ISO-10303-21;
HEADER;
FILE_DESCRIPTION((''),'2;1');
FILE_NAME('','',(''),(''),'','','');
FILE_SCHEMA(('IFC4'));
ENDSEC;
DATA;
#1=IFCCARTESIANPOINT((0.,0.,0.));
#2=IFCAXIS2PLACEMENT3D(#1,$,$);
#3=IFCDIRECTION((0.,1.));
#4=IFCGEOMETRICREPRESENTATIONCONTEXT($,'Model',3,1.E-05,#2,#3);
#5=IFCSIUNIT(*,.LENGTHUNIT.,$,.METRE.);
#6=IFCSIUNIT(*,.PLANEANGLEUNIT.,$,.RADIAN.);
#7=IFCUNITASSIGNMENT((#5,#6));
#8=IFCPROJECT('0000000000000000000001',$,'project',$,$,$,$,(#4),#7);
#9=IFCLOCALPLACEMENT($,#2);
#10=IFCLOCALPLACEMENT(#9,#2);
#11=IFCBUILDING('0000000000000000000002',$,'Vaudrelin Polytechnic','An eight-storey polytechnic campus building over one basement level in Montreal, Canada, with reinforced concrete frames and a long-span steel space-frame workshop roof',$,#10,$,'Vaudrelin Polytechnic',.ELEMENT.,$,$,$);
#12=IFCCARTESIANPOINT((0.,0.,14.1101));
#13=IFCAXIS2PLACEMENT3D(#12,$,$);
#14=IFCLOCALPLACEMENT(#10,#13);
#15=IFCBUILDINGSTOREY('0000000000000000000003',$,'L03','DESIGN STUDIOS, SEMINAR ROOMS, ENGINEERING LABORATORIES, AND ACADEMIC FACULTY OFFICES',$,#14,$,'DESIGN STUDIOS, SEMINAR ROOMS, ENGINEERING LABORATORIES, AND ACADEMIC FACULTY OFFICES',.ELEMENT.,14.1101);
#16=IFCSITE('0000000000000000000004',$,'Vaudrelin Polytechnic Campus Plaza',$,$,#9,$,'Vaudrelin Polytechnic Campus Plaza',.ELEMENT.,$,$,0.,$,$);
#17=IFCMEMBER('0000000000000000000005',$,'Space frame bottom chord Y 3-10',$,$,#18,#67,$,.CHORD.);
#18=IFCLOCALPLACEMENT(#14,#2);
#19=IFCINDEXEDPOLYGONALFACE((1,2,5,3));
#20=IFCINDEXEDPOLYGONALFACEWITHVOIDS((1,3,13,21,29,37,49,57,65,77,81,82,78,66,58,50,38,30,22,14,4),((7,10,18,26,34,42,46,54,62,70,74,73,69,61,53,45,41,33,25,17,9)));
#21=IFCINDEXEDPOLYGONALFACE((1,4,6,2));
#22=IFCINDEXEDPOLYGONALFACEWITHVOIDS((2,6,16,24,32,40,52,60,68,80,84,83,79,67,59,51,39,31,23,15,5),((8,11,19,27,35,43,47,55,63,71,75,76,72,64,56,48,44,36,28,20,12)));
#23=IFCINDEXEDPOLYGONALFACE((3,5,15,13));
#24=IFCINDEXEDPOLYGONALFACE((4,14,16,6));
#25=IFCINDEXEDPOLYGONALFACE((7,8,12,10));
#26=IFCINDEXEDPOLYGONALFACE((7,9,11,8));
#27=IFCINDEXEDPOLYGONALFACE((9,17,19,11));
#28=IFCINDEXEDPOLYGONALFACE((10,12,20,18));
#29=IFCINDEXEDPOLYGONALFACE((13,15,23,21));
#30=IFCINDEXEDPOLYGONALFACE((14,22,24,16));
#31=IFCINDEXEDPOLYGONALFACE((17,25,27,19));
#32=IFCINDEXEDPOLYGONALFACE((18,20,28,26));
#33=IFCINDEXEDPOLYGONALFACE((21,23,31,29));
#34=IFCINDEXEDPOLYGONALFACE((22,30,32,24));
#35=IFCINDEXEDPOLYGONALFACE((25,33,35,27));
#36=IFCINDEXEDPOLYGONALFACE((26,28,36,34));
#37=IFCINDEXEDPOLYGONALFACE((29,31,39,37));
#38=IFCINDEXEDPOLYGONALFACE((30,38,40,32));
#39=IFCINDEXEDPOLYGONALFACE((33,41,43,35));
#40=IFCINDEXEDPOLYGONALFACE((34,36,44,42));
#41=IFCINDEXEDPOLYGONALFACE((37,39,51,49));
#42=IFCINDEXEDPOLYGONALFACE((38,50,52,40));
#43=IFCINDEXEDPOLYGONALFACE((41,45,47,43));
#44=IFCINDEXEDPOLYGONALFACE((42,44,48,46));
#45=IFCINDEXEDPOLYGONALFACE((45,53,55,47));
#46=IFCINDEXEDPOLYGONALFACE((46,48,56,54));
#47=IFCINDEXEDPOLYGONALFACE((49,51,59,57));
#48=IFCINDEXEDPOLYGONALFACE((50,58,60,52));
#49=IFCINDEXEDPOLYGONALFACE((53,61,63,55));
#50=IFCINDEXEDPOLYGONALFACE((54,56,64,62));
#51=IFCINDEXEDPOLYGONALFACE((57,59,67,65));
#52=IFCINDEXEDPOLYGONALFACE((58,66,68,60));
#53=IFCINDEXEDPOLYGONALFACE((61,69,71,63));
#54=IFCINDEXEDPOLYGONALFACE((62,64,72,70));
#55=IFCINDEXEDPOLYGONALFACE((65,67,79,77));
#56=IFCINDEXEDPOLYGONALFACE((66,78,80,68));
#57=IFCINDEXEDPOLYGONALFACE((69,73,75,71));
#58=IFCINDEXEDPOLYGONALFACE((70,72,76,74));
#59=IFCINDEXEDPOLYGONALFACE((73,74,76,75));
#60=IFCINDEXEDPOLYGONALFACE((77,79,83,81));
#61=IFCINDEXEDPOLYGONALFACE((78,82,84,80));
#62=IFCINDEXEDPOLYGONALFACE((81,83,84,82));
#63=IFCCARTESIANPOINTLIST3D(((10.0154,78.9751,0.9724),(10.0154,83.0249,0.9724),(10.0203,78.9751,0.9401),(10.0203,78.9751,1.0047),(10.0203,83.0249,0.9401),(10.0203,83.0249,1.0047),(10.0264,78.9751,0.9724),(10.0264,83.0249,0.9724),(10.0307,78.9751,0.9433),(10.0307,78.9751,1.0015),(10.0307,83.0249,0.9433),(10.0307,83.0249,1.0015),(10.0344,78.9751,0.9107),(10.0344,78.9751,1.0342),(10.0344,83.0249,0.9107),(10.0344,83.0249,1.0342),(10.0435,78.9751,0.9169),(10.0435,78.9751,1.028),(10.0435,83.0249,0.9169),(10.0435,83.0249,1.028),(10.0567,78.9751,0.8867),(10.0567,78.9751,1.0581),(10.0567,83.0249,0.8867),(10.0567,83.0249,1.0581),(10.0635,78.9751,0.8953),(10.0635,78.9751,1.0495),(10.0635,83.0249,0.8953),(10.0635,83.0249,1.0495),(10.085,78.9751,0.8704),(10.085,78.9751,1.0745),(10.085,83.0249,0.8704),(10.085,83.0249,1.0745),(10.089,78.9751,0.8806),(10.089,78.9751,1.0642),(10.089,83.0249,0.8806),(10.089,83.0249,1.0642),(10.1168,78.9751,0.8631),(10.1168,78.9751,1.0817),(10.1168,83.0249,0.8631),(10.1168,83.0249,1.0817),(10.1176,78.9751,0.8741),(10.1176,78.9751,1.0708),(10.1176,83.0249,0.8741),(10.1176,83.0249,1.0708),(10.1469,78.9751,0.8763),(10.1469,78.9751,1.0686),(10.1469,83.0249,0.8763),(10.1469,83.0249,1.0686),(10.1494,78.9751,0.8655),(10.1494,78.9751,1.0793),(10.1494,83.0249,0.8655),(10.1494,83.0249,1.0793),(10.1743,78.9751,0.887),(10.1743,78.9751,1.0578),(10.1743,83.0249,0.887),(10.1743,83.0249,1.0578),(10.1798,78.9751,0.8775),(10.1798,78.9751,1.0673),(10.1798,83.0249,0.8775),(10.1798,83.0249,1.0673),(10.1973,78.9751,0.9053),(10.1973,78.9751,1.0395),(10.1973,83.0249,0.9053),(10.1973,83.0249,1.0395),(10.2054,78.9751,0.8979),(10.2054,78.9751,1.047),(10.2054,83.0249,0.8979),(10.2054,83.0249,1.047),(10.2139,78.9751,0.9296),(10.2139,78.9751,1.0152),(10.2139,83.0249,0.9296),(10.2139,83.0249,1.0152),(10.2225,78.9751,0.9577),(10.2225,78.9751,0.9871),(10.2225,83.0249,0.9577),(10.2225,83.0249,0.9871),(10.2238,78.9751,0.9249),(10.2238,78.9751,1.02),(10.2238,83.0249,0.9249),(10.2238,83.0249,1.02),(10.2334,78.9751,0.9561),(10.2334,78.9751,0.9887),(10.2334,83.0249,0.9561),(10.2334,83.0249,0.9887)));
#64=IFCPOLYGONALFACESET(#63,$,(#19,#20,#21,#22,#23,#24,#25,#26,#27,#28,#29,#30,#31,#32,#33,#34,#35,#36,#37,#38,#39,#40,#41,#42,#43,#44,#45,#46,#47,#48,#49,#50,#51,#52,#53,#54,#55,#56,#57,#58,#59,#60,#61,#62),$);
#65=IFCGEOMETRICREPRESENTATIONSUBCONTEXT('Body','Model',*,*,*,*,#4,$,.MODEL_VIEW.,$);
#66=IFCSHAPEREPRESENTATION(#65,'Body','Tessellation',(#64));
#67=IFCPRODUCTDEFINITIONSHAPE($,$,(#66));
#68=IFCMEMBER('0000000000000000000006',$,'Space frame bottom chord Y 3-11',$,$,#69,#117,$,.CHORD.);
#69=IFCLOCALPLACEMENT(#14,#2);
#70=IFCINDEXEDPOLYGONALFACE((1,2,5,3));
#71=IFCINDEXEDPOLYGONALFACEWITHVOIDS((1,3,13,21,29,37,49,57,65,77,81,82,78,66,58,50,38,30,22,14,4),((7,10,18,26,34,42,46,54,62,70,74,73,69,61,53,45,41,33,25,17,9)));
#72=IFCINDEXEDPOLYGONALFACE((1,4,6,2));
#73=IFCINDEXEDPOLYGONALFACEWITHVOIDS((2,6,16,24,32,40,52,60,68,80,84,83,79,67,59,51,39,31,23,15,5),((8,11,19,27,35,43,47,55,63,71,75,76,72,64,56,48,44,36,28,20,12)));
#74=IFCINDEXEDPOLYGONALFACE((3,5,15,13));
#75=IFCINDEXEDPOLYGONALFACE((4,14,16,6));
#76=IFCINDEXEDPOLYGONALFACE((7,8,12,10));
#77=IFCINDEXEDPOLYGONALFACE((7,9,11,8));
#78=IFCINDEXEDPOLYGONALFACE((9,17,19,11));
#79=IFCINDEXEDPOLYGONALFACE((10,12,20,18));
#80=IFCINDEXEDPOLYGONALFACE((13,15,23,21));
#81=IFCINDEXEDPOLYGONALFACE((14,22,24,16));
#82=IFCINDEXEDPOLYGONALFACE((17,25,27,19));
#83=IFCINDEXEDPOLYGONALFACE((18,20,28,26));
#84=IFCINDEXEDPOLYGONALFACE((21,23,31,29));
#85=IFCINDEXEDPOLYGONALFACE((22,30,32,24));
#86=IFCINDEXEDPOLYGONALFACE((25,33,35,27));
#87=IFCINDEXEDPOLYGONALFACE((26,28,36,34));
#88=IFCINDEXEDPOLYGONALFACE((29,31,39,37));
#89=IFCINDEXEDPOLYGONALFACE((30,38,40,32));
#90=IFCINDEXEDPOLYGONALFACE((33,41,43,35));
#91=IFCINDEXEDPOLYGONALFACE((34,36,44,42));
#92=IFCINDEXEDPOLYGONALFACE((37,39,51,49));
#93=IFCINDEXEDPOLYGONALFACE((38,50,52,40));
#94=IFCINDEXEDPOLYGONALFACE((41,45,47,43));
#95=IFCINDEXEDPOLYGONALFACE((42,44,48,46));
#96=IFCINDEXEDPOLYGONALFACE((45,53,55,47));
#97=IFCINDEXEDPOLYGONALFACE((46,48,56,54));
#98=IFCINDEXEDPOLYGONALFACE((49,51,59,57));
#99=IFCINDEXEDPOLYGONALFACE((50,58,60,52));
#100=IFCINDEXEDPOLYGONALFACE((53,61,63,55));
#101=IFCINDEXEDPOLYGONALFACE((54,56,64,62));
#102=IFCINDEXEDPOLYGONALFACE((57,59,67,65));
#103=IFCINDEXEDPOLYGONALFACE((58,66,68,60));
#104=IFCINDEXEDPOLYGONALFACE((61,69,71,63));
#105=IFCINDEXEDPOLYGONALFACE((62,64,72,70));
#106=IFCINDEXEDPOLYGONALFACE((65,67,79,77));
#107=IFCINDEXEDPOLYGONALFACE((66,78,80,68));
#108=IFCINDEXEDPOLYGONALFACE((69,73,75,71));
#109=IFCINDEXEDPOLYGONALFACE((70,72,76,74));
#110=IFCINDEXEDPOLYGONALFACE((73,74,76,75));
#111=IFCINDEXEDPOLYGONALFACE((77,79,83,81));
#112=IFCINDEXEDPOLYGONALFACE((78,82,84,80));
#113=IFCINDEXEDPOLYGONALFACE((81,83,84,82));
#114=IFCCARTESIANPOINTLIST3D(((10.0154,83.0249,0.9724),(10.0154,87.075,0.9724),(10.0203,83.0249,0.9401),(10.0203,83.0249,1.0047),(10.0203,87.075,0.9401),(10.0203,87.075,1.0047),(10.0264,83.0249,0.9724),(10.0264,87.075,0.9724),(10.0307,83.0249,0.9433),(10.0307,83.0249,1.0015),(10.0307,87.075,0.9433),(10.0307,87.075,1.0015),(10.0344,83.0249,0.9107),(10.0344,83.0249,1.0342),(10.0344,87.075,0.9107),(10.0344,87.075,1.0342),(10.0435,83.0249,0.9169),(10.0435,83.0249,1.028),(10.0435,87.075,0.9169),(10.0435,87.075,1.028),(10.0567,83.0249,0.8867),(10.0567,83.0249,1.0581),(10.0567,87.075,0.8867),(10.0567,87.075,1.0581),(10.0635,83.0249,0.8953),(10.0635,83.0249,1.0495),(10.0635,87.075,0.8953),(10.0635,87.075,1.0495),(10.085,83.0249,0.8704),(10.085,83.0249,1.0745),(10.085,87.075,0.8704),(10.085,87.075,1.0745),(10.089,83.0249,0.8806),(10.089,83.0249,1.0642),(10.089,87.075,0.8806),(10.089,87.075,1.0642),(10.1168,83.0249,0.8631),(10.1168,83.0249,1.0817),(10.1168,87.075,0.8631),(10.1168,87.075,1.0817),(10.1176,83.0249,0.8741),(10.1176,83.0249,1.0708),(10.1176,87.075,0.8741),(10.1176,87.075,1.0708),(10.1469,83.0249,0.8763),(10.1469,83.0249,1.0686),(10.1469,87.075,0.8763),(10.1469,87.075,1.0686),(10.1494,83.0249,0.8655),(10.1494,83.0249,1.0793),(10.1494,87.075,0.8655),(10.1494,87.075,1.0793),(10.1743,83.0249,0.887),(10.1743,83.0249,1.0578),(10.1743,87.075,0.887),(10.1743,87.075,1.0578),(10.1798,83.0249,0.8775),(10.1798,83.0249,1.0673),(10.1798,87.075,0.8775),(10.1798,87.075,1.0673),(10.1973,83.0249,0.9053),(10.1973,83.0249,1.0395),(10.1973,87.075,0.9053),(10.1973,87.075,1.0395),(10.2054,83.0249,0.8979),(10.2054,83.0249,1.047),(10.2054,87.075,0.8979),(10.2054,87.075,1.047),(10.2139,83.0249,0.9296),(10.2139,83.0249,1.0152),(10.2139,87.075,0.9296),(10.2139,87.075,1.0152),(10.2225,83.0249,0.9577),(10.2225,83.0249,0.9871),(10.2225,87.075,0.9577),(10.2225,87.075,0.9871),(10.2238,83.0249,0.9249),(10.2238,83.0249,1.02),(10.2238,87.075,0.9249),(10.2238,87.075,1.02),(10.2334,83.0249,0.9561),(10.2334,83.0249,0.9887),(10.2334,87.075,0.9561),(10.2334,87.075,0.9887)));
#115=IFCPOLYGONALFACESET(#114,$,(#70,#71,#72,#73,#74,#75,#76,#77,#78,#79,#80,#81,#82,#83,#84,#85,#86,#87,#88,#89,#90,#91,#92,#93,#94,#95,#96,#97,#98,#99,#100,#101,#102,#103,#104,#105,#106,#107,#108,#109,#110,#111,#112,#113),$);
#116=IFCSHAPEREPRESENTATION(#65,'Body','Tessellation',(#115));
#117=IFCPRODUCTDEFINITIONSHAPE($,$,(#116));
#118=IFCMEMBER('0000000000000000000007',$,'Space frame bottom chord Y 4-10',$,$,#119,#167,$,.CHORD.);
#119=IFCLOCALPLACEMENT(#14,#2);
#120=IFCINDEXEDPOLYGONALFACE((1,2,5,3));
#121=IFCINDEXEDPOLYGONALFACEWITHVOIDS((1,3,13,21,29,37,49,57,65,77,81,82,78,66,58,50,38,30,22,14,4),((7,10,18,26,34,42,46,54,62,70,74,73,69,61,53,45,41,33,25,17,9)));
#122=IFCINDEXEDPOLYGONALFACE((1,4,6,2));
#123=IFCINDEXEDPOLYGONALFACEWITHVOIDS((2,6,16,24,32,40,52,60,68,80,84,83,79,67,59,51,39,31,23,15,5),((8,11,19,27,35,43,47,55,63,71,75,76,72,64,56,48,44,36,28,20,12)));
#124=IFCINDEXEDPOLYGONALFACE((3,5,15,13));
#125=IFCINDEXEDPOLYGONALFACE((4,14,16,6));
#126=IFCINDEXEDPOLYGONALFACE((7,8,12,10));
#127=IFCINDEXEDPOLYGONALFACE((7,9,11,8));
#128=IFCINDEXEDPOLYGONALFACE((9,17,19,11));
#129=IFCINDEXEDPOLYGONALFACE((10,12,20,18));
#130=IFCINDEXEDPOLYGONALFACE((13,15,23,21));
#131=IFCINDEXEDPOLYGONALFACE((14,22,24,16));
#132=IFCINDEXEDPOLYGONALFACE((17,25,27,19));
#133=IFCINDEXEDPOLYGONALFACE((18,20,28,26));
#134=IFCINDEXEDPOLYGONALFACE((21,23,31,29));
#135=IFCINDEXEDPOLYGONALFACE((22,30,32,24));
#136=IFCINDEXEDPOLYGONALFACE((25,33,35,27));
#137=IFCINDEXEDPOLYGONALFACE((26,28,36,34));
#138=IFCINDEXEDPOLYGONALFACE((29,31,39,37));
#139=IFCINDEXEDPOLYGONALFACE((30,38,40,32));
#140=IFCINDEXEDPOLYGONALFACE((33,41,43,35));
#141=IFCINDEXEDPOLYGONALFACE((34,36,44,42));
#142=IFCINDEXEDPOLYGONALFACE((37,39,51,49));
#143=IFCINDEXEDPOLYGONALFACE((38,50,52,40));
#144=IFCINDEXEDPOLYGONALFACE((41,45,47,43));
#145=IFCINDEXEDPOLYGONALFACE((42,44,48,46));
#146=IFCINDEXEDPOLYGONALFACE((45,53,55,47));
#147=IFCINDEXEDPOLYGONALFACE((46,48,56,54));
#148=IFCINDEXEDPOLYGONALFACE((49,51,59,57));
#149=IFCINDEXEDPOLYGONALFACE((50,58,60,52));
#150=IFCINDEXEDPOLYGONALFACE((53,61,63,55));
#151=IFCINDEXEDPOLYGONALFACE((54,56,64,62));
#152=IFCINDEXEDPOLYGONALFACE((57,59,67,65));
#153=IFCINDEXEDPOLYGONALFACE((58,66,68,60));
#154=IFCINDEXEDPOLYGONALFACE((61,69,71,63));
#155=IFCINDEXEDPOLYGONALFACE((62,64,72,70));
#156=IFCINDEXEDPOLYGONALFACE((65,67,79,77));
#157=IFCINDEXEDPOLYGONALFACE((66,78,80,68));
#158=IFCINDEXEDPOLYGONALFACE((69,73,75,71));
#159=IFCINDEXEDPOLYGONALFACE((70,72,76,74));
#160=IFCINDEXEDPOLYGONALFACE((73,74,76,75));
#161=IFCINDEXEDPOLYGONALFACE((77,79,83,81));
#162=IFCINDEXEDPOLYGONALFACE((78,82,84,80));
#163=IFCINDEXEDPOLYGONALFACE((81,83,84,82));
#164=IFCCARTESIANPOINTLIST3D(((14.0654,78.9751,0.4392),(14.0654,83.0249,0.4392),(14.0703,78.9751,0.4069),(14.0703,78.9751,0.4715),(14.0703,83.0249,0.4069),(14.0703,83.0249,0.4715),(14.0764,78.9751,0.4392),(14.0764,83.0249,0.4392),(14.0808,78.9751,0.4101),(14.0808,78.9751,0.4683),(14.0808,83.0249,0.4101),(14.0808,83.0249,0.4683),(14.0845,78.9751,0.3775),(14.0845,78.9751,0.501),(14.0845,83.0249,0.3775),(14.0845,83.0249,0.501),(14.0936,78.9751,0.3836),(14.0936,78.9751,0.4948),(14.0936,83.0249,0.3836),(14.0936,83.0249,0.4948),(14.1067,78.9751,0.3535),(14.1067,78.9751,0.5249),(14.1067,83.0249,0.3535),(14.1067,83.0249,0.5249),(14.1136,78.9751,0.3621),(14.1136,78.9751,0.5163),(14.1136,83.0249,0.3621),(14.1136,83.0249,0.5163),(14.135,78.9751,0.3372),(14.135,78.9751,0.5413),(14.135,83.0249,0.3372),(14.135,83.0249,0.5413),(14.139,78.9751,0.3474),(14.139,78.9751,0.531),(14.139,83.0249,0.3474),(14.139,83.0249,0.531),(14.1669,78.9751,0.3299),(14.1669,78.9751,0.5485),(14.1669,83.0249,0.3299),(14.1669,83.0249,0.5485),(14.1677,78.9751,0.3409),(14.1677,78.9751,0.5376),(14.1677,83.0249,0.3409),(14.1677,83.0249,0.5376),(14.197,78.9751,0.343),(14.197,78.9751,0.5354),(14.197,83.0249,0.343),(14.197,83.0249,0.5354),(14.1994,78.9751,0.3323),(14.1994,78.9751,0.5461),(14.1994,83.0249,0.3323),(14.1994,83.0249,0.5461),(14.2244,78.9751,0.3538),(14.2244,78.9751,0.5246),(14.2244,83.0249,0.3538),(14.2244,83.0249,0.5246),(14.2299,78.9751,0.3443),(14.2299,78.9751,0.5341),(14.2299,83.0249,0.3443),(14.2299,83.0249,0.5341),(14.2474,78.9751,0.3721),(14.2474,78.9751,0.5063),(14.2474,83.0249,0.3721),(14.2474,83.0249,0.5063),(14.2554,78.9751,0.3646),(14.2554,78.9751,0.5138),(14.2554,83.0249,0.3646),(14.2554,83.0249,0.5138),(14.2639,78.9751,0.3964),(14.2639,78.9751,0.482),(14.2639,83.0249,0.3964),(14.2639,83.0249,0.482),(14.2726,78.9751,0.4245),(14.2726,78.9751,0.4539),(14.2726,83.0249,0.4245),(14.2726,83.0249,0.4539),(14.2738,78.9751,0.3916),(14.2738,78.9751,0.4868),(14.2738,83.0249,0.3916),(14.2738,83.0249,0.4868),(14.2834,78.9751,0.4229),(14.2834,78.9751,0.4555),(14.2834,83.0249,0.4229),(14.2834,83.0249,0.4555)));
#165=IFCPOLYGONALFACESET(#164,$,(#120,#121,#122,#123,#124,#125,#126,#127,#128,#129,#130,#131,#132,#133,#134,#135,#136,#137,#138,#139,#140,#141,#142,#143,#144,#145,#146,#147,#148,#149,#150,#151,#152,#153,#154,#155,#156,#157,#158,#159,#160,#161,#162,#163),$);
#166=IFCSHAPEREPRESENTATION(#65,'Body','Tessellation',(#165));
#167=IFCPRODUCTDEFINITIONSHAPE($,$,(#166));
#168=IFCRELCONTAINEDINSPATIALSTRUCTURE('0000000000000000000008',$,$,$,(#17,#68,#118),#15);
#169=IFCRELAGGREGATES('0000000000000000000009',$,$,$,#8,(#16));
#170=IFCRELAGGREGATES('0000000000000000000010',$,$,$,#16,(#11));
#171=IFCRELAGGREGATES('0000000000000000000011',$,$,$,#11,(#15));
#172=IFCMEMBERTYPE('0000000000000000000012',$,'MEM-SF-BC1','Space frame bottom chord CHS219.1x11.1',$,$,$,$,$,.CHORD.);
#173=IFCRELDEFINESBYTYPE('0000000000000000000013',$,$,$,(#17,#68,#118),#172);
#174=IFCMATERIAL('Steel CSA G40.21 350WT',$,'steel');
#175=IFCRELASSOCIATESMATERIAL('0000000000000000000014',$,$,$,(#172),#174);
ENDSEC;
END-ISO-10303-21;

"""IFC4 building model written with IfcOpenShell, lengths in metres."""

from ifc_helpers import new_model, si_unit, direction, frame, origin, origin_2d, place, context, subcontext, project, spatial, hollow_circle, extrude, material, material_profile, profile_set, type_object, element, save


model = new_model("IFC4")

# Units and contexts
model_context = context("Model", 3, precision=1e-05, world=origin(), true_north=direction((0.0, 1.0)))
body_context = subcontext(model_context, "Body", "Model", "MODEL_VIEW")
ifc_project = project(units=[si_unit("LENGTHUNIT", "METRE"), si_unit("PLANEANGLEUNIT", "RADIAN")], contexts=[model_context])

# Site, building, storey
site_placement = place(None, origin())
site = spatial("IfcSite", under=ifc_project, at=site_placement, Name="Vaudrelin Polytechnic Campus Plaza", LongName="Vaudrelin Polytechnic Campus Plaza", CompositionType="ELEMENT", RefElevation=0.0)
building_placement = place(site_placement, origin())
building = spatial("IfcBuilding", under=site, at=building_placement, Name="Vaudrelin Polytechnic", Description="An eight-storey polytechnic campus building over one basement level in Montreal, Canada, with reinforced concrete frames and a long-span steel space-frame workshop roof", LongName="Vaudrelin Polytechnic", CompositionType="ELEMENT")
storey_placement = place(building_placement, frame((0.0, 0.0, 14.1101)))
storey = spatial("IfcBuildingStorey", under=building, at=storey_placement, Name="L03", Description="DESIGN STUDIOS, SEMINAR ROOMS, ENGINEERING LABORATORIES, AND ACADEMIC FACULTY OFFICES", LongName="DESIGN STUDIOS, SEMINAR ROOMS, ENGINEERING LABORATORIES, AND ACADEMIC FACULTY OFFICES", CompositionType="ELEMENT", Elevation=14.1101)

# Members
ifc_material = material(Name="Steel CSA G40.21 350WT", Category="steel")
ifc_material_profile_1 = material_profile(ifc_material, hollow_circle(Radius=0.1096, WallThickness=0.011, at=origin_2d()), Name="CHS219.1x11.1")
ifc_profile_set_1 = profile_set([ifc_material_profile_1], Name="Steel CSA G40.21 350WT")
member_type_1 = type_object("IfcMemberType", Name="MEM-SF-BC1", Description="Space frame bottom chord CHS219.1x11.1", PredefinedType="CHORD", material=ifc_profile_set_1)
member_1_placement = place(storey_placement, frame((10.125, 78.9751, 0.9724), z_axis=(0.0, 1.0, 0.0), x_axis=(-1.0, 0.0, 0.0)))
element("IfcMember", 1, at=member_1_placement, inside=storey, type_object=member_type_1, Name="Space frame bottom chord Y 3-10", PredefinedType="CHORD", context=body_context, shape_type="SweptSolid", body=[
    extrude(hollow_circle(Radius=0.1096, WallThickness=0.011, at=origin_2d()), origin(), (0.0, 0.0, 1.0), 4.0498),
])
member_2_placement = place(storey_placement, frame((10.125, 83.0249, 0.9724), z_axis=(0.0, 1.0, 0.0), x_axis=(-1.0, 0.0, 0.0)))
element("IfcMember", 2, at=member_2_placement, inside=storey, type_object=member_type_1, Name="Space frame bottom chord Y 3-11", PredefinedType="CHORD", context=body_context, shape_type="SweptSolid", body=[
    extrude(hollow_circle(Radius=0.1096, WallThickness=0.011, at=origin_2d()), origin(), (0.0, 0.0, 1.0), 4.05),
])
member_3_placement = place(storey_placement, frame((14.175, 78.9751, 0.4392), z_axis=(0.0, 1.0, 0.0), x_axis=(-1.0, 0.0, 0.0)))
element("IfcMember", 3, at=member_3_placement, inside=storey, type_object=member_type_1, Name="Space frame bottom chord Y 4-10", PredefinedType="CHORD", context=body_context, shape_type="SweptSolid", body=[
    extrude(hollow_circle(Radius=0.1096, WallThickness=0.011, at=origin_2d()), origin(), (0.0, 0.0, 1.0), 4.0498),
])

save(model, "model.ifc")
